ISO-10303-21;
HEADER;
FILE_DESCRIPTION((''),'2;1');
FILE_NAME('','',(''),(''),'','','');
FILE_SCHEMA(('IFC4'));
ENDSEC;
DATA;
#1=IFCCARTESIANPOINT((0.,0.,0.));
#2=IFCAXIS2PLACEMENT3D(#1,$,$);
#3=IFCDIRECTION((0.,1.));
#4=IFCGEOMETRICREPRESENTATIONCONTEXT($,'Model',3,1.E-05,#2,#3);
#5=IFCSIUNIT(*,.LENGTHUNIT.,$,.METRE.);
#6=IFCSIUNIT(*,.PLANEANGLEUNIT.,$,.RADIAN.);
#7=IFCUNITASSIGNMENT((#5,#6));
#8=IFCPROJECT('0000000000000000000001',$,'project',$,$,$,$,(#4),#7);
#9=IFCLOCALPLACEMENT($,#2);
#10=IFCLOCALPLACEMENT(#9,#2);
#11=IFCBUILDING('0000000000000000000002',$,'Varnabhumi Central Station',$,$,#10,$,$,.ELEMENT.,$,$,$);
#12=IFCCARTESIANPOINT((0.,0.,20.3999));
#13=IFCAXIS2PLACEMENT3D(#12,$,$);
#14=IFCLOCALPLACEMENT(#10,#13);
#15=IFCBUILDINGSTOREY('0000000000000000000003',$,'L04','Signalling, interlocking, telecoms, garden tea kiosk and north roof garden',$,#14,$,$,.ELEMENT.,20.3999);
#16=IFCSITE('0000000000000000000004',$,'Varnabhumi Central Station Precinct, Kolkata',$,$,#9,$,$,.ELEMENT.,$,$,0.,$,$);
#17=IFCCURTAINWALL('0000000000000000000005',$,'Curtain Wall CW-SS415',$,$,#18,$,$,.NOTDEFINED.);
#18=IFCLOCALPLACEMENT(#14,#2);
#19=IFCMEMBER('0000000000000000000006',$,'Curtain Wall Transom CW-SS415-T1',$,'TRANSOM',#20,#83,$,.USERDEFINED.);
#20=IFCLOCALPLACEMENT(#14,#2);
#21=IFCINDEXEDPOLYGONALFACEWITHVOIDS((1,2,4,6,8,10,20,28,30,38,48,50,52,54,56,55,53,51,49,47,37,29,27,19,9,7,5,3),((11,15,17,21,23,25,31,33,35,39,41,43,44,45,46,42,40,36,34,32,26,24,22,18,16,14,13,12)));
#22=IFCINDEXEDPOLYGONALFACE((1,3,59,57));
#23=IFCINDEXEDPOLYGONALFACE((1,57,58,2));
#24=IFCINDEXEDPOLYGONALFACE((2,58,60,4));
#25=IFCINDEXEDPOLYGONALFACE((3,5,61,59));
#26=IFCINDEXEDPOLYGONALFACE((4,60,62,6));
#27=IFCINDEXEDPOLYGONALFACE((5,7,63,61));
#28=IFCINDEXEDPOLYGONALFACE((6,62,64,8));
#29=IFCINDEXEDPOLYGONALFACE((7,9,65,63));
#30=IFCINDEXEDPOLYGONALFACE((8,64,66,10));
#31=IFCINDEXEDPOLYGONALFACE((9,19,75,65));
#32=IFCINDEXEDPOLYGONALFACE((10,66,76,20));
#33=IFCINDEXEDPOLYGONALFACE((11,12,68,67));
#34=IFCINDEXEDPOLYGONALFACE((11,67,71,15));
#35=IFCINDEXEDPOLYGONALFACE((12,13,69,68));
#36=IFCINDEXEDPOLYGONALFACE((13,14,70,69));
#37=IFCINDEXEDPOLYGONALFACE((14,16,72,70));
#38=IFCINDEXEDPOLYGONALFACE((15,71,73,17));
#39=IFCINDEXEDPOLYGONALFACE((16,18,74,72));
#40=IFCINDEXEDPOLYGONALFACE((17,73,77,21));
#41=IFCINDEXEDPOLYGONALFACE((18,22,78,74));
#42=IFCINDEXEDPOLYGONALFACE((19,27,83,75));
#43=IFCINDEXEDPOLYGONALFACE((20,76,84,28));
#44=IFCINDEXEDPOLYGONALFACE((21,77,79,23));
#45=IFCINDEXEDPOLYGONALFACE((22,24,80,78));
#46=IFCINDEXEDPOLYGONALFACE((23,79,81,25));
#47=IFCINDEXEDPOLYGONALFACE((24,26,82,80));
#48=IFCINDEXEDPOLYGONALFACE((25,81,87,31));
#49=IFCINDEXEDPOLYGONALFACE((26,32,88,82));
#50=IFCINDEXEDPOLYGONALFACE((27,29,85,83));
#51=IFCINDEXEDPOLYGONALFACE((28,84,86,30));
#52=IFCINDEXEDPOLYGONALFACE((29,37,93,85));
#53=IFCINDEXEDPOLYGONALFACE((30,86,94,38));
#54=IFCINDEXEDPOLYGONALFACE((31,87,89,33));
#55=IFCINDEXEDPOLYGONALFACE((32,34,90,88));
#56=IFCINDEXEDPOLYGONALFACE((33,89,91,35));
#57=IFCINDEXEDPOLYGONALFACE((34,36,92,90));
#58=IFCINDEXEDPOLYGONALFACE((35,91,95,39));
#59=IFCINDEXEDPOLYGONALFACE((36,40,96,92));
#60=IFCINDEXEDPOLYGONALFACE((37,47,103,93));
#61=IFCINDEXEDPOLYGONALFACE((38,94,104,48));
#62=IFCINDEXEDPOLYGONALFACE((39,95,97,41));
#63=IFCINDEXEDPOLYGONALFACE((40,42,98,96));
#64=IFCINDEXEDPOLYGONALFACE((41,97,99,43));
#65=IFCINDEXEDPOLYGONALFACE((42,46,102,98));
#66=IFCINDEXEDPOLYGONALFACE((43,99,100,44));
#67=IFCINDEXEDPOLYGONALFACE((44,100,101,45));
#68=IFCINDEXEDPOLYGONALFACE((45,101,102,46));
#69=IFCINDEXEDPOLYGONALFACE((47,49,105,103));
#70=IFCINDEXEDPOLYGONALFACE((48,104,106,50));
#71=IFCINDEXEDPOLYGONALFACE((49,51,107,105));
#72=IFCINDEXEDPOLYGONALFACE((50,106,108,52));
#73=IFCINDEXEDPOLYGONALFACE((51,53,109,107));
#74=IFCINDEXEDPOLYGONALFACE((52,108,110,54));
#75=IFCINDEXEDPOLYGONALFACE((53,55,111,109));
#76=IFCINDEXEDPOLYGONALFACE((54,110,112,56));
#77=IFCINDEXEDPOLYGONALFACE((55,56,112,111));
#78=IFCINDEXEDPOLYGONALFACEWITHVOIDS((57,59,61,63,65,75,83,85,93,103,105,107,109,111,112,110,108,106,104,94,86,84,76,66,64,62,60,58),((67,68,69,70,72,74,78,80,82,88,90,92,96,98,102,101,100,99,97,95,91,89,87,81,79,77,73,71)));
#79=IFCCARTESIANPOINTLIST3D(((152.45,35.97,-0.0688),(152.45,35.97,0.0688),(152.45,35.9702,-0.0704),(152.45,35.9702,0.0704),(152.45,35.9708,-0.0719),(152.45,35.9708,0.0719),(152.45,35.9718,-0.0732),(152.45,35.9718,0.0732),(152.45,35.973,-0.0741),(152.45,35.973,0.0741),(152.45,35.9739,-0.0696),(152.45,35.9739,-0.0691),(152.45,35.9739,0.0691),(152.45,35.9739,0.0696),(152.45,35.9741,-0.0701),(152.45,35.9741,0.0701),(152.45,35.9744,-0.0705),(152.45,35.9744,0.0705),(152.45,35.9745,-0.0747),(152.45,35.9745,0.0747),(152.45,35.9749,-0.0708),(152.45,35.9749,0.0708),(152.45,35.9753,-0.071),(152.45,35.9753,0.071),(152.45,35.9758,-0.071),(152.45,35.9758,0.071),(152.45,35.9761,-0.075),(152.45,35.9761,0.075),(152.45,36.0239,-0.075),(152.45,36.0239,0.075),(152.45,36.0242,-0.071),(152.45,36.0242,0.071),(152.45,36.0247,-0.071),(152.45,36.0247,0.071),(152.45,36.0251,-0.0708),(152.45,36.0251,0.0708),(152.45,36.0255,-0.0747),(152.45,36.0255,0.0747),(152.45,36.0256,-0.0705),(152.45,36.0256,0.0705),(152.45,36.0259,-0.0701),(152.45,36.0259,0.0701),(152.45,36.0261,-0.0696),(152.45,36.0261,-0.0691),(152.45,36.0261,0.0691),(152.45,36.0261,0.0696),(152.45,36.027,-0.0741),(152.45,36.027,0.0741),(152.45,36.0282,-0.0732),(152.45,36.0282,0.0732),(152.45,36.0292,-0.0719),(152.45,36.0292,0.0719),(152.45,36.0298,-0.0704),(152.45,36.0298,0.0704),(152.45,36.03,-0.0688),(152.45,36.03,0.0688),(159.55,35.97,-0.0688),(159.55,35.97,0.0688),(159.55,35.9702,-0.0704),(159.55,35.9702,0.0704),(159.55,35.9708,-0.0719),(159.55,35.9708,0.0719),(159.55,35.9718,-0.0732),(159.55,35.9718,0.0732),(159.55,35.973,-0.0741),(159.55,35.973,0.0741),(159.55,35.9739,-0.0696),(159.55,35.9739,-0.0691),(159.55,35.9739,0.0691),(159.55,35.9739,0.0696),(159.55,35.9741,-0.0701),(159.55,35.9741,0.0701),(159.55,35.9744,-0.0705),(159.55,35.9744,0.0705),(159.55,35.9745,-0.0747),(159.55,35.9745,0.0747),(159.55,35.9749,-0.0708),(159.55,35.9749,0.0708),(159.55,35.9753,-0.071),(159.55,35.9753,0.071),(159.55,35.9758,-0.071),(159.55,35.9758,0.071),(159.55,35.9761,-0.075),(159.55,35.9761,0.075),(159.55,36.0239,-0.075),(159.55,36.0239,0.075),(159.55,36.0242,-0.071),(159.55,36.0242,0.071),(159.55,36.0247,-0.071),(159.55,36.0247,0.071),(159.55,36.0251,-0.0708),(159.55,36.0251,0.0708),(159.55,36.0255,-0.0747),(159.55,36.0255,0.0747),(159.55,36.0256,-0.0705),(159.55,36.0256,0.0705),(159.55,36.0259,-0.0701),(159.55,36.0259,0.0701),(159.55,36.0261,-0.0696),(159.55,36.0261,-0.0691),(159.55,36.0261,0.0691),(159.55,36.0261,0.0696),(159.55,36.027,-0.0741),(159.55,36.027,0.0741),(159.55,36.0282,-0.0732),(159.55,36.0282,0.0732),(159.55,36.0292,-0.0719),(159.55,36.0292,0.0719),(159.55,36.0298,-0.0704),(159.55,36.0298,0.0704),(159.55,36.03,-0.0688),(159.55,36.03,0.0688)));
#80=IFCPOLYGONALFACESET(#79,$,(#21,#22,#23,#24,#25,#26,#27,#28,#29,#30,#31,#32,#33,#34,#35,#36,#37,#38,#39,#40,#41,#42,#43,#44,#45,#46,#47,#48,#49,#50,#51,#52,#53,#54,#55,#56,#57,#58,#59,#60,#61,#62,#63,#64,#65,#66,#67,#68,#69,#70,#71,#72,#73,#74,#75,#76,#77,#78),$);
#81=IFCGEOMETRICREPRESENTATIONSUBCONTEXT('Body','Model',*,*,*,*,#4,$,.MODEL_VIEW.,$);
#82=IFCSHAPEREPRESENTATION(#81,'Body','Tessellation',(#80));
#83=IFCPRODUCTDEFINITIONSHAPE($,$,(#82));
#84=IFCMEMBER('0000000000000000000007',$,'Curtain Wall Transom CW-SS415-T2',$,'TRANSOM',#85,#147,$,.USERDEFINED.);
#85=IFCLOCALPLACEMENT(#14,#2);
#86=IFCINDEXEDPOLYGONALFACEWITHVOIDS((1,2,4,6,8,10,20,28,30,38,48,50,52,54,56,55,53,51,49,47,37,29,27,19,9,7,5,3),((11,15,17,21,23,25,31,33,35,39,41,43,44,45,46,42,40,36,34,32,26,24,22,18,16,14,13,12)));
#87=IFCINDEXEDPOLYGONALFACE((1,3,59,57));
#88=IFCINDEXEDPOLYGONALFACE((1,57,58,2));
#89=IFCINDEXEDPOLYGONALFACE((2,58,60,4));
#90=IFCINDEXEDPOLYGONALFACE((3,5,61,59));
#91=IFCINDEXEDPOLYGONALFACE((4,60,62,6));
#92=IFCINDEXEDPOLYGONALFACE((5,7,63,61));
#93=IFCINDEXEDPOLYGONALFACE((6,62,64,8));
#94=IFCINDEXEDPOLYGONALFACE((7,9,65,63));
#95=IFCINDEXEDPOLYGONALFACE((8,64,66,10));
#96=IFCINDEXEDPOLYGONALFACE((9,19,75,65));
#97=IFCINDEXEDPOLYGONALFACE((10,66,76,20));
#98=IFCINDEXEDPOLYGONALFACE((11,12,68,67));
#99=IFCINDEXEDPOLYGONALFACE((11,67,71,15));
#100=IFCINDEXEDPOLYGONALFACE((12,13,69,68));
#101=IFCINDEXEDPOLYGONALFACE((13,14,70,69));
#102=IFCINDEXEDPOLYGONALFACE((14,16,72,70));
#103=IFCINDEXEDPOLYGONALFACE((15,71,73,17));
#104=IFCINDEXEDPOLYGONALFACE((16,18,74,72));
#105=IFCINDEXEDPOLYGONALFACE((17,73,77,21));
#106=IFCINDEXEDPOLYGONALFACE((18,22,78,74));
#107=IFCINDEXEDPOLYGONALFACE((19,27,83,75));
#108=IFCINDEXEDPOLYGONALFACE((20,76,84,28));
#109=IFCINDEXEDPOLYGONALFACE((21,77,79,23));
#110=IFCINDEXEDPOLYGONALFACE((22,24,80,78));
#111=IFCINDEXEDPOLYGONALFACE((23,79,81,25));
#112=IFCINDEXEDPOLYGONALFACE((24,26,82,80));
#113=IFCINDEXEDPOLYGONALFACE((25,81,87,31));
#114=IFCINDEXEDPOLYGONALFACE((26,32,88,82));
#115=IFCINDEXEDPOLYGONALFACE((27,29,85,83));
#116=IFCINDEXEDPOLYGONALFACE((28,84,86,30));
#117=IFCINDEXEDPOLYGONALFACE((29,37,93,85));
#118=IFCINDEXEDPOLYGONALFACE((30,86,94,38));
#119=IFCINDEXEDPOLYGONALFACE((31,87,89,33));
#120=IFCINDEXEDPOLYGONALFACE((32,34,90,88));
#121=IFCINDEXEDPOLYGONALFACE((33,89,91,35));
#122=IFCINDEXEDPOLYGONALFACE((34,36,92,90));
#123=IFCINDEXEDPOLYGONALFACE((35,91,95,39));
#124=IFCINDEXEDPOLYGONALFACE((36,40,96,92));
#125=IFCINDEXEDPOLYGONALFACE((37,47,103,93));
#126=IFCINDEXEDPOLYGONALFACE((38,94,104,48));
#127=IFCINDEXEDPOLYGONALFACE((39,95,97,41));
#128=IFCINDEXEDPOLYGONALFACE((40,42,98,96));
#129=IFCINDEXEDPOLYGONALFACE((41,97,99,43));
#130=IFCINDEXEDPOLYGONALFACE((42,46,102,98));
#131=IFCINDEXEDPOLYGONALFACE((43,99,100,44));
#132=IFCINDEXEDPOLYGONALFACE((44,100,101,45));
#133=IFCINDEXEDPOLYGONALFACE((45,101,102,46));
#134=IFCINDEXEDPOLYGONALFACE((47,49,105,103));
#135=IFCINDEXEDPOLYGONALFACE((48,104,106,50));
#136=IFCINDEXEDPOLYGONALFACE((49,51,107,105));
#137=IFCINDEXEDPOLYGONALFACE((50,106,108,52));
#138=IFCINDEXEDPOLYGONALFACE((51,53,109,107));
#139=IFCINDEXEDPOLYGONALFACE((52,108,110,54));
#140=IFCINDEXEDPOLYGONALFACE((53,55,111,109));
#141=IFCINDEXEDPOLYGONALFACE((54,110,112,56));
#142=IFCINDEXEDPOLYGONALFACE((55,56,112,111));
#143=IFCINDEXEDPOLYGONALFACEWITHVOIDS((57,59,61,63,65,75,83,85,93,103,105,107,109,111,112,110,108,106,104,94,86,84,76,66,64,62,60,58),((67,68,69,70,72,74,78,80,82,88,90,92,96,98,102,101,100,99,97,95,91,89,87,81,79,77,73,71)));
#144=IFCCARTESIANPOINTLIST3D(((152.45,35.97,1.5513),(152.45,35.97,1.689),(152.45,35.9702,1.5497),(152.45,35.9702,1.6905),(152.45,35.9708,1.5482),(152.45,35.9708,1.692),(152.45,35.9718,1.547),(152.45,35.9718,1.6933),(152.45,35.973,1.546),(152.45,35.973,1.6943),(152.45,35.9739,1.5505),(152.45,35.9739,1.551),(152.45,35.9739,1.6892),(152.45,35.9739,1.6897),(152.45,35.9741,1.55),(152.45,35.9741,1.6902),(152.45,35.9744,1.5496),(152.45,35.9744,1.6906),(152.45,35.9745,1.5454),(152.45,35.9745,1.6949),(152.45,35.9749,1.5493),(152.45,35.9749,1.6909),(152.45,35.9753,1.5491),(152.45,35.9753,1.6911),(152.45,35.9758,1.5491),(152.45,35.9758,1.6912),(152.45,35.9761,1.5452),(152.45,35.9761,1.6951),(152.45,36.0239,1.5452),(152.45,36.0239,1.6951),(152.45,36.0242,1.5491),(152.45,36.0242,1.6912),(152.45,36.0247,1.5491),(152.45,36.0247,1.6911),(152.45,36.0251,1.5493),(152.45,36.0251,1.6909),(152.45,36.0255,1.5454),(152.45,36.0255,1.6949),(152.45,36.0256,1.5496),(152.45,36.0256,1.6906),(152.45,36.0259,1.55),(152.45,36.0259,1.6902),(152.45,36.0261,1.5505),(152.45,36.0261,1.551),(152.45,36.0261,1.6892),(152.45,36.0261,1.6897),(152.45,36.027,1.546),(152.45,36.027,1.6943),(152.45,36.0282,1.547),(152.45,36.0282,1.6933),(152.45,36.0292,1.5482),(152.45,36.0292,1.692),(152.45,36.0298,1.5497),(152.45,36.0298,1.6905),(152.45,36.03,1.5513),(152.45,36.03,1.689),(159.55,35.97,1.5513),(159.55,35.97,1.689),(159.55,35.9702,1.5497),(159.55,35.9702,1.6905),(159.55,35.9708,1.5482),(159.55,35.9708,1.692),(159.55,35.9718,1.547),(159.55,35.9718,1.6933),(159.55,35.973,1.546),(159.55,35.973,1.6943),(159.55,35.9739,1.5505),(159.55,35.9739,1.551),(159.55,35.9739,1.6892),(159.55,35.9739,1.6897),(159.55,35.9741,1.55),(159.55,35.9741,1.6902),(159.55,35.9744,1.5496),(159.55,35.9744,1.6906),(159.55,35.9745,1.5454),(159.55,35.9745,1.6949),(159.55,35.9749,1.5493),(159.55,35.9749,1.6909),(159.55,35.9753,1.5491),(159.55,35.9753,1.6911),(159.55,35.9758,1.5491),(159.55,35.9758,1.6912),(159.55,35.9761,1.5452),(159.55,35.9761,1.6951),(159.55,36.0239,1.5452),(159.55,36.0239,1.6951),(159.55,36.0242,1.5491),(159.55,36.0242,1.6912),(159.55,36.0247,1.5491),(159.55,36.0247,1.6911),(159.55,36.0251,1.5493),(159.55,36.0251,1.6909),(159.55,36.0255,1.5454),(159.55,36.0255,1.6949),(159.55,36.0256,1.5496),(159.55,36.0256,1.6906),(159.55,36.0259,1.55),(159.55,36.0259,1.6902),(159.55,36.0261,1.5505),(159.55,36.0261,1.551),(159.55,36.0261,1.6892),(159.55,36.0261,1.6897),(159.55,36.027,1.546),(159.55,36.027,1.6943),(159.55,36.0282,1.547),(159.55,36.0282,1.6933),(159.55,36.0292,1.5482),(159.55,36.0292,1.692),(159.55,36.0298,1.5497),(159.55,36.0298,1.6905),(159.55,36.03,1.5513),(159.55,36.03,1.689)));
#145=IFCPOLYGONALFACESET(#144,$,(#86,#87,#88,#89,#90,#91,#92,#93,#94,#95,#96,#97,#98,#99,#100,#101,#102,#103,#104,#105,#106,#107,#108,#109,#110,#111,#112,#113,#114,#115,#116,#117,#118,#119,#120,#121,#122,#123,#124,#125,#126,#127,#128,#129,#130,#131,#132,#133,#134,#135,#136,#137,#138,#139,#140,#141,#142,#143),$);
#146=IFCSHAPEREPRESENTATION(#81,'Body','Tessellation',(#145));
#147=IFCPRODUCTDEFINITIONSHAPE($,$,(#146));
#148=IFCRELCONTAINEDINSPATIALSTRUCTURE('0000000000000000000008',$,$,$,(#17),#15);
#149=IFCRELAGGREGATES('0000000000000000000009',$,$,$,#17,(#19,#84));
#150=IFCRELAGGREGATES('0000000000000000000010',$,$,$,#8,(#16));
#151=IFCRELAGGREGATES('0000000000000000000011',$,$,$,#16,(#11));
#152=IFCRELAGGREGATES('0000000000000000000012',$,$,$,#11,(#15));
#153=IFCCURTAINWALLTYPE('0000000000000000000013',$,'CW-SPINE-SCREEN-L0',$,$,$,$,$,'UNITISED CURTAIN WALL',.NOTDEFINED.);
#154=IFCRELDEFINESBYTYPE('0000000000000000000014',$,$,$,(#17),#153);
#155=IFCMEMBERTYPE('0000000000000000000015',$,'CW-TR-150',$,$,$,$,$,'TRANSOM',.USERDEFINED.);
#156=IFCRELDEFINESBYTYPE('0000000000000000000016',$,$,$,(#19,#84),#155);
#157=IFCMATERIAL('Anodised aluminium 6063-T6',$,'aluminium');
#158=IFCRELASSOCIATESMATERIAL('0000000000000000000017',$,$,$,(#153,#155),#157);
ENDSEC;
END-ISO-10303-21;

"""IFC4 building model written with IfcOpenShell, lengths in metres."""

from ifc_helpers import new_model, si_unit, direction, frame, origin, origin_2d, place, context, subcontext, project, spatial, hollow_rectangle, extrude, material, material_profile, profile_set, type_object, element, aggregate, save


model = new_model("IFC4")

# Units and contexts
model_context = context("Model", 3, precision=1e-05, world=origin(), true_north=direction((0.0, 1.0)))
body_context = subcontext(model_context, "Body", "Model", "MODEL_VIEW")
ifc_project = project(units=[si_unit("LENGTHUNIT", "METRE"), si_unit("PLANEANGLEUNIT", "RADIAN")], contexts=[model_context])

# Site, building, storey
site_placement = place(None, origin())
site = spatial("IfcSite", under=ifc_project, at=site_placement, Name="Varnabhumi Central Station Precinct, Kolkata", CompositionType="ELEMENT", RefElevation=0.0)
building_placement = place(site_placement, origin())
building = spatial("IfcBuilding", under=site, at=building_placement, Name="Varnabhumi Central Station", CompositionType="ELEMENT")
storey_placement = place(building_placement, frame((0.0, 0.0, 20.3999)))
storey = spatial("IfcBuildingStorey", under=building, at=storey_placement, Name="L04", Description="Signalling, interlocking, telecoms, garden tea kiosk and north roof garden", CompositionType="ELEMENT", Elevation=20.3999)

# Curtain wall, members
ifc_material_1 = material(Name="Anodised aluminium 6063-T6", Category="aluminium")
curtain_wall_type = type_object("IfcCurtainWallType", Name="CW-SPINE-SCREEN-L0", ElementType="UNITISED CURTAIN WALL", PredefinedType="NOTDEFINED", material=ifc_material_1)
curtain_wall_placement = place(storey_placement, origin())
curtain_wall = element("IfcCurtainWall", 1, at=curtain_wall_placement, inside=storey, type_object=curtain_wall_type, Name="Curtain Wall CW-SS415", PredefinedType="NOTDEFINED")
ifc_material_profile_1 = material_profile(ifc_material_1, hollow_rectangle(XDim=0.0601, YDim=0.1499, WallThickness=0.0039, InnerFilletRadius=0.002, OuterFilletRadius=0.0061, at=origin_2d()), Name="Anodised aluminium 6063-T6", Category="aluminium")
ifc_profile_set_1 = profile_set([ifc_material_profile_1], Name="Anodised aluminium 6063-T6")
member_type_1 = type_object("IfcMemberType", Name="CW-TR-150", ElementType="TRANSOM", PredefinedType="USERDEFINED", material=ifc_profile_set_1)
member_1_placement = place(storey_placement, frame((152.45, 36.0, 0.0), z_axis=(1.0, 0.0, 0.0), x_axis=(0.0, 1.0, 0.0)))
member_1 = element("IfcMember", 2, at=member_1_placement, type_object=member_type_1, Name="Curtain Wall Transom CW-SS415-T1", ObjectType="TRANSOM", PredefinedType="USERDEFINED", context=body_context, shape_type="SweptSolid", body=[
    extrude(hollow_rectangle(XDim=0.0601, YDim=0.1499, WallThickness=0.0039, InnerFilletRadius=0.002, OuterFilletRadius=0.0061, at=origin_2d()), origin(), (0.0, 0.0, 1.0), 7.1001),
])
member_2_placement = place(storey_placement, frame((152.45, 36.0, 1.6201), z_axis=(1.0, 0.0, 0.0), x_axis=(0.0, 1.0, 0.0)))
member_2 = element("IfcMember", 3, at=member_2_placement, type_object=member_type_1, Name="Curtain Wall Transom CW-SS415-T2", ObjectType="TRANSOM", PredefinedType="USERDEFINED", context=body_context, shape_type="SweptSolid", body=[
    extrude(hollow_rectangle(XDim=0.0601, YDim=0.1499, WallThickness=0.0039, InnerFilletRadius=0.002, OuterFilletRadius=0.0061, at=origin_2d()), origin(), (0.0, 0.0, 1.0), 7.1001),
])
aggregate(curtain_wall, [member_1, member_2])

save(model, "model.ifc")
